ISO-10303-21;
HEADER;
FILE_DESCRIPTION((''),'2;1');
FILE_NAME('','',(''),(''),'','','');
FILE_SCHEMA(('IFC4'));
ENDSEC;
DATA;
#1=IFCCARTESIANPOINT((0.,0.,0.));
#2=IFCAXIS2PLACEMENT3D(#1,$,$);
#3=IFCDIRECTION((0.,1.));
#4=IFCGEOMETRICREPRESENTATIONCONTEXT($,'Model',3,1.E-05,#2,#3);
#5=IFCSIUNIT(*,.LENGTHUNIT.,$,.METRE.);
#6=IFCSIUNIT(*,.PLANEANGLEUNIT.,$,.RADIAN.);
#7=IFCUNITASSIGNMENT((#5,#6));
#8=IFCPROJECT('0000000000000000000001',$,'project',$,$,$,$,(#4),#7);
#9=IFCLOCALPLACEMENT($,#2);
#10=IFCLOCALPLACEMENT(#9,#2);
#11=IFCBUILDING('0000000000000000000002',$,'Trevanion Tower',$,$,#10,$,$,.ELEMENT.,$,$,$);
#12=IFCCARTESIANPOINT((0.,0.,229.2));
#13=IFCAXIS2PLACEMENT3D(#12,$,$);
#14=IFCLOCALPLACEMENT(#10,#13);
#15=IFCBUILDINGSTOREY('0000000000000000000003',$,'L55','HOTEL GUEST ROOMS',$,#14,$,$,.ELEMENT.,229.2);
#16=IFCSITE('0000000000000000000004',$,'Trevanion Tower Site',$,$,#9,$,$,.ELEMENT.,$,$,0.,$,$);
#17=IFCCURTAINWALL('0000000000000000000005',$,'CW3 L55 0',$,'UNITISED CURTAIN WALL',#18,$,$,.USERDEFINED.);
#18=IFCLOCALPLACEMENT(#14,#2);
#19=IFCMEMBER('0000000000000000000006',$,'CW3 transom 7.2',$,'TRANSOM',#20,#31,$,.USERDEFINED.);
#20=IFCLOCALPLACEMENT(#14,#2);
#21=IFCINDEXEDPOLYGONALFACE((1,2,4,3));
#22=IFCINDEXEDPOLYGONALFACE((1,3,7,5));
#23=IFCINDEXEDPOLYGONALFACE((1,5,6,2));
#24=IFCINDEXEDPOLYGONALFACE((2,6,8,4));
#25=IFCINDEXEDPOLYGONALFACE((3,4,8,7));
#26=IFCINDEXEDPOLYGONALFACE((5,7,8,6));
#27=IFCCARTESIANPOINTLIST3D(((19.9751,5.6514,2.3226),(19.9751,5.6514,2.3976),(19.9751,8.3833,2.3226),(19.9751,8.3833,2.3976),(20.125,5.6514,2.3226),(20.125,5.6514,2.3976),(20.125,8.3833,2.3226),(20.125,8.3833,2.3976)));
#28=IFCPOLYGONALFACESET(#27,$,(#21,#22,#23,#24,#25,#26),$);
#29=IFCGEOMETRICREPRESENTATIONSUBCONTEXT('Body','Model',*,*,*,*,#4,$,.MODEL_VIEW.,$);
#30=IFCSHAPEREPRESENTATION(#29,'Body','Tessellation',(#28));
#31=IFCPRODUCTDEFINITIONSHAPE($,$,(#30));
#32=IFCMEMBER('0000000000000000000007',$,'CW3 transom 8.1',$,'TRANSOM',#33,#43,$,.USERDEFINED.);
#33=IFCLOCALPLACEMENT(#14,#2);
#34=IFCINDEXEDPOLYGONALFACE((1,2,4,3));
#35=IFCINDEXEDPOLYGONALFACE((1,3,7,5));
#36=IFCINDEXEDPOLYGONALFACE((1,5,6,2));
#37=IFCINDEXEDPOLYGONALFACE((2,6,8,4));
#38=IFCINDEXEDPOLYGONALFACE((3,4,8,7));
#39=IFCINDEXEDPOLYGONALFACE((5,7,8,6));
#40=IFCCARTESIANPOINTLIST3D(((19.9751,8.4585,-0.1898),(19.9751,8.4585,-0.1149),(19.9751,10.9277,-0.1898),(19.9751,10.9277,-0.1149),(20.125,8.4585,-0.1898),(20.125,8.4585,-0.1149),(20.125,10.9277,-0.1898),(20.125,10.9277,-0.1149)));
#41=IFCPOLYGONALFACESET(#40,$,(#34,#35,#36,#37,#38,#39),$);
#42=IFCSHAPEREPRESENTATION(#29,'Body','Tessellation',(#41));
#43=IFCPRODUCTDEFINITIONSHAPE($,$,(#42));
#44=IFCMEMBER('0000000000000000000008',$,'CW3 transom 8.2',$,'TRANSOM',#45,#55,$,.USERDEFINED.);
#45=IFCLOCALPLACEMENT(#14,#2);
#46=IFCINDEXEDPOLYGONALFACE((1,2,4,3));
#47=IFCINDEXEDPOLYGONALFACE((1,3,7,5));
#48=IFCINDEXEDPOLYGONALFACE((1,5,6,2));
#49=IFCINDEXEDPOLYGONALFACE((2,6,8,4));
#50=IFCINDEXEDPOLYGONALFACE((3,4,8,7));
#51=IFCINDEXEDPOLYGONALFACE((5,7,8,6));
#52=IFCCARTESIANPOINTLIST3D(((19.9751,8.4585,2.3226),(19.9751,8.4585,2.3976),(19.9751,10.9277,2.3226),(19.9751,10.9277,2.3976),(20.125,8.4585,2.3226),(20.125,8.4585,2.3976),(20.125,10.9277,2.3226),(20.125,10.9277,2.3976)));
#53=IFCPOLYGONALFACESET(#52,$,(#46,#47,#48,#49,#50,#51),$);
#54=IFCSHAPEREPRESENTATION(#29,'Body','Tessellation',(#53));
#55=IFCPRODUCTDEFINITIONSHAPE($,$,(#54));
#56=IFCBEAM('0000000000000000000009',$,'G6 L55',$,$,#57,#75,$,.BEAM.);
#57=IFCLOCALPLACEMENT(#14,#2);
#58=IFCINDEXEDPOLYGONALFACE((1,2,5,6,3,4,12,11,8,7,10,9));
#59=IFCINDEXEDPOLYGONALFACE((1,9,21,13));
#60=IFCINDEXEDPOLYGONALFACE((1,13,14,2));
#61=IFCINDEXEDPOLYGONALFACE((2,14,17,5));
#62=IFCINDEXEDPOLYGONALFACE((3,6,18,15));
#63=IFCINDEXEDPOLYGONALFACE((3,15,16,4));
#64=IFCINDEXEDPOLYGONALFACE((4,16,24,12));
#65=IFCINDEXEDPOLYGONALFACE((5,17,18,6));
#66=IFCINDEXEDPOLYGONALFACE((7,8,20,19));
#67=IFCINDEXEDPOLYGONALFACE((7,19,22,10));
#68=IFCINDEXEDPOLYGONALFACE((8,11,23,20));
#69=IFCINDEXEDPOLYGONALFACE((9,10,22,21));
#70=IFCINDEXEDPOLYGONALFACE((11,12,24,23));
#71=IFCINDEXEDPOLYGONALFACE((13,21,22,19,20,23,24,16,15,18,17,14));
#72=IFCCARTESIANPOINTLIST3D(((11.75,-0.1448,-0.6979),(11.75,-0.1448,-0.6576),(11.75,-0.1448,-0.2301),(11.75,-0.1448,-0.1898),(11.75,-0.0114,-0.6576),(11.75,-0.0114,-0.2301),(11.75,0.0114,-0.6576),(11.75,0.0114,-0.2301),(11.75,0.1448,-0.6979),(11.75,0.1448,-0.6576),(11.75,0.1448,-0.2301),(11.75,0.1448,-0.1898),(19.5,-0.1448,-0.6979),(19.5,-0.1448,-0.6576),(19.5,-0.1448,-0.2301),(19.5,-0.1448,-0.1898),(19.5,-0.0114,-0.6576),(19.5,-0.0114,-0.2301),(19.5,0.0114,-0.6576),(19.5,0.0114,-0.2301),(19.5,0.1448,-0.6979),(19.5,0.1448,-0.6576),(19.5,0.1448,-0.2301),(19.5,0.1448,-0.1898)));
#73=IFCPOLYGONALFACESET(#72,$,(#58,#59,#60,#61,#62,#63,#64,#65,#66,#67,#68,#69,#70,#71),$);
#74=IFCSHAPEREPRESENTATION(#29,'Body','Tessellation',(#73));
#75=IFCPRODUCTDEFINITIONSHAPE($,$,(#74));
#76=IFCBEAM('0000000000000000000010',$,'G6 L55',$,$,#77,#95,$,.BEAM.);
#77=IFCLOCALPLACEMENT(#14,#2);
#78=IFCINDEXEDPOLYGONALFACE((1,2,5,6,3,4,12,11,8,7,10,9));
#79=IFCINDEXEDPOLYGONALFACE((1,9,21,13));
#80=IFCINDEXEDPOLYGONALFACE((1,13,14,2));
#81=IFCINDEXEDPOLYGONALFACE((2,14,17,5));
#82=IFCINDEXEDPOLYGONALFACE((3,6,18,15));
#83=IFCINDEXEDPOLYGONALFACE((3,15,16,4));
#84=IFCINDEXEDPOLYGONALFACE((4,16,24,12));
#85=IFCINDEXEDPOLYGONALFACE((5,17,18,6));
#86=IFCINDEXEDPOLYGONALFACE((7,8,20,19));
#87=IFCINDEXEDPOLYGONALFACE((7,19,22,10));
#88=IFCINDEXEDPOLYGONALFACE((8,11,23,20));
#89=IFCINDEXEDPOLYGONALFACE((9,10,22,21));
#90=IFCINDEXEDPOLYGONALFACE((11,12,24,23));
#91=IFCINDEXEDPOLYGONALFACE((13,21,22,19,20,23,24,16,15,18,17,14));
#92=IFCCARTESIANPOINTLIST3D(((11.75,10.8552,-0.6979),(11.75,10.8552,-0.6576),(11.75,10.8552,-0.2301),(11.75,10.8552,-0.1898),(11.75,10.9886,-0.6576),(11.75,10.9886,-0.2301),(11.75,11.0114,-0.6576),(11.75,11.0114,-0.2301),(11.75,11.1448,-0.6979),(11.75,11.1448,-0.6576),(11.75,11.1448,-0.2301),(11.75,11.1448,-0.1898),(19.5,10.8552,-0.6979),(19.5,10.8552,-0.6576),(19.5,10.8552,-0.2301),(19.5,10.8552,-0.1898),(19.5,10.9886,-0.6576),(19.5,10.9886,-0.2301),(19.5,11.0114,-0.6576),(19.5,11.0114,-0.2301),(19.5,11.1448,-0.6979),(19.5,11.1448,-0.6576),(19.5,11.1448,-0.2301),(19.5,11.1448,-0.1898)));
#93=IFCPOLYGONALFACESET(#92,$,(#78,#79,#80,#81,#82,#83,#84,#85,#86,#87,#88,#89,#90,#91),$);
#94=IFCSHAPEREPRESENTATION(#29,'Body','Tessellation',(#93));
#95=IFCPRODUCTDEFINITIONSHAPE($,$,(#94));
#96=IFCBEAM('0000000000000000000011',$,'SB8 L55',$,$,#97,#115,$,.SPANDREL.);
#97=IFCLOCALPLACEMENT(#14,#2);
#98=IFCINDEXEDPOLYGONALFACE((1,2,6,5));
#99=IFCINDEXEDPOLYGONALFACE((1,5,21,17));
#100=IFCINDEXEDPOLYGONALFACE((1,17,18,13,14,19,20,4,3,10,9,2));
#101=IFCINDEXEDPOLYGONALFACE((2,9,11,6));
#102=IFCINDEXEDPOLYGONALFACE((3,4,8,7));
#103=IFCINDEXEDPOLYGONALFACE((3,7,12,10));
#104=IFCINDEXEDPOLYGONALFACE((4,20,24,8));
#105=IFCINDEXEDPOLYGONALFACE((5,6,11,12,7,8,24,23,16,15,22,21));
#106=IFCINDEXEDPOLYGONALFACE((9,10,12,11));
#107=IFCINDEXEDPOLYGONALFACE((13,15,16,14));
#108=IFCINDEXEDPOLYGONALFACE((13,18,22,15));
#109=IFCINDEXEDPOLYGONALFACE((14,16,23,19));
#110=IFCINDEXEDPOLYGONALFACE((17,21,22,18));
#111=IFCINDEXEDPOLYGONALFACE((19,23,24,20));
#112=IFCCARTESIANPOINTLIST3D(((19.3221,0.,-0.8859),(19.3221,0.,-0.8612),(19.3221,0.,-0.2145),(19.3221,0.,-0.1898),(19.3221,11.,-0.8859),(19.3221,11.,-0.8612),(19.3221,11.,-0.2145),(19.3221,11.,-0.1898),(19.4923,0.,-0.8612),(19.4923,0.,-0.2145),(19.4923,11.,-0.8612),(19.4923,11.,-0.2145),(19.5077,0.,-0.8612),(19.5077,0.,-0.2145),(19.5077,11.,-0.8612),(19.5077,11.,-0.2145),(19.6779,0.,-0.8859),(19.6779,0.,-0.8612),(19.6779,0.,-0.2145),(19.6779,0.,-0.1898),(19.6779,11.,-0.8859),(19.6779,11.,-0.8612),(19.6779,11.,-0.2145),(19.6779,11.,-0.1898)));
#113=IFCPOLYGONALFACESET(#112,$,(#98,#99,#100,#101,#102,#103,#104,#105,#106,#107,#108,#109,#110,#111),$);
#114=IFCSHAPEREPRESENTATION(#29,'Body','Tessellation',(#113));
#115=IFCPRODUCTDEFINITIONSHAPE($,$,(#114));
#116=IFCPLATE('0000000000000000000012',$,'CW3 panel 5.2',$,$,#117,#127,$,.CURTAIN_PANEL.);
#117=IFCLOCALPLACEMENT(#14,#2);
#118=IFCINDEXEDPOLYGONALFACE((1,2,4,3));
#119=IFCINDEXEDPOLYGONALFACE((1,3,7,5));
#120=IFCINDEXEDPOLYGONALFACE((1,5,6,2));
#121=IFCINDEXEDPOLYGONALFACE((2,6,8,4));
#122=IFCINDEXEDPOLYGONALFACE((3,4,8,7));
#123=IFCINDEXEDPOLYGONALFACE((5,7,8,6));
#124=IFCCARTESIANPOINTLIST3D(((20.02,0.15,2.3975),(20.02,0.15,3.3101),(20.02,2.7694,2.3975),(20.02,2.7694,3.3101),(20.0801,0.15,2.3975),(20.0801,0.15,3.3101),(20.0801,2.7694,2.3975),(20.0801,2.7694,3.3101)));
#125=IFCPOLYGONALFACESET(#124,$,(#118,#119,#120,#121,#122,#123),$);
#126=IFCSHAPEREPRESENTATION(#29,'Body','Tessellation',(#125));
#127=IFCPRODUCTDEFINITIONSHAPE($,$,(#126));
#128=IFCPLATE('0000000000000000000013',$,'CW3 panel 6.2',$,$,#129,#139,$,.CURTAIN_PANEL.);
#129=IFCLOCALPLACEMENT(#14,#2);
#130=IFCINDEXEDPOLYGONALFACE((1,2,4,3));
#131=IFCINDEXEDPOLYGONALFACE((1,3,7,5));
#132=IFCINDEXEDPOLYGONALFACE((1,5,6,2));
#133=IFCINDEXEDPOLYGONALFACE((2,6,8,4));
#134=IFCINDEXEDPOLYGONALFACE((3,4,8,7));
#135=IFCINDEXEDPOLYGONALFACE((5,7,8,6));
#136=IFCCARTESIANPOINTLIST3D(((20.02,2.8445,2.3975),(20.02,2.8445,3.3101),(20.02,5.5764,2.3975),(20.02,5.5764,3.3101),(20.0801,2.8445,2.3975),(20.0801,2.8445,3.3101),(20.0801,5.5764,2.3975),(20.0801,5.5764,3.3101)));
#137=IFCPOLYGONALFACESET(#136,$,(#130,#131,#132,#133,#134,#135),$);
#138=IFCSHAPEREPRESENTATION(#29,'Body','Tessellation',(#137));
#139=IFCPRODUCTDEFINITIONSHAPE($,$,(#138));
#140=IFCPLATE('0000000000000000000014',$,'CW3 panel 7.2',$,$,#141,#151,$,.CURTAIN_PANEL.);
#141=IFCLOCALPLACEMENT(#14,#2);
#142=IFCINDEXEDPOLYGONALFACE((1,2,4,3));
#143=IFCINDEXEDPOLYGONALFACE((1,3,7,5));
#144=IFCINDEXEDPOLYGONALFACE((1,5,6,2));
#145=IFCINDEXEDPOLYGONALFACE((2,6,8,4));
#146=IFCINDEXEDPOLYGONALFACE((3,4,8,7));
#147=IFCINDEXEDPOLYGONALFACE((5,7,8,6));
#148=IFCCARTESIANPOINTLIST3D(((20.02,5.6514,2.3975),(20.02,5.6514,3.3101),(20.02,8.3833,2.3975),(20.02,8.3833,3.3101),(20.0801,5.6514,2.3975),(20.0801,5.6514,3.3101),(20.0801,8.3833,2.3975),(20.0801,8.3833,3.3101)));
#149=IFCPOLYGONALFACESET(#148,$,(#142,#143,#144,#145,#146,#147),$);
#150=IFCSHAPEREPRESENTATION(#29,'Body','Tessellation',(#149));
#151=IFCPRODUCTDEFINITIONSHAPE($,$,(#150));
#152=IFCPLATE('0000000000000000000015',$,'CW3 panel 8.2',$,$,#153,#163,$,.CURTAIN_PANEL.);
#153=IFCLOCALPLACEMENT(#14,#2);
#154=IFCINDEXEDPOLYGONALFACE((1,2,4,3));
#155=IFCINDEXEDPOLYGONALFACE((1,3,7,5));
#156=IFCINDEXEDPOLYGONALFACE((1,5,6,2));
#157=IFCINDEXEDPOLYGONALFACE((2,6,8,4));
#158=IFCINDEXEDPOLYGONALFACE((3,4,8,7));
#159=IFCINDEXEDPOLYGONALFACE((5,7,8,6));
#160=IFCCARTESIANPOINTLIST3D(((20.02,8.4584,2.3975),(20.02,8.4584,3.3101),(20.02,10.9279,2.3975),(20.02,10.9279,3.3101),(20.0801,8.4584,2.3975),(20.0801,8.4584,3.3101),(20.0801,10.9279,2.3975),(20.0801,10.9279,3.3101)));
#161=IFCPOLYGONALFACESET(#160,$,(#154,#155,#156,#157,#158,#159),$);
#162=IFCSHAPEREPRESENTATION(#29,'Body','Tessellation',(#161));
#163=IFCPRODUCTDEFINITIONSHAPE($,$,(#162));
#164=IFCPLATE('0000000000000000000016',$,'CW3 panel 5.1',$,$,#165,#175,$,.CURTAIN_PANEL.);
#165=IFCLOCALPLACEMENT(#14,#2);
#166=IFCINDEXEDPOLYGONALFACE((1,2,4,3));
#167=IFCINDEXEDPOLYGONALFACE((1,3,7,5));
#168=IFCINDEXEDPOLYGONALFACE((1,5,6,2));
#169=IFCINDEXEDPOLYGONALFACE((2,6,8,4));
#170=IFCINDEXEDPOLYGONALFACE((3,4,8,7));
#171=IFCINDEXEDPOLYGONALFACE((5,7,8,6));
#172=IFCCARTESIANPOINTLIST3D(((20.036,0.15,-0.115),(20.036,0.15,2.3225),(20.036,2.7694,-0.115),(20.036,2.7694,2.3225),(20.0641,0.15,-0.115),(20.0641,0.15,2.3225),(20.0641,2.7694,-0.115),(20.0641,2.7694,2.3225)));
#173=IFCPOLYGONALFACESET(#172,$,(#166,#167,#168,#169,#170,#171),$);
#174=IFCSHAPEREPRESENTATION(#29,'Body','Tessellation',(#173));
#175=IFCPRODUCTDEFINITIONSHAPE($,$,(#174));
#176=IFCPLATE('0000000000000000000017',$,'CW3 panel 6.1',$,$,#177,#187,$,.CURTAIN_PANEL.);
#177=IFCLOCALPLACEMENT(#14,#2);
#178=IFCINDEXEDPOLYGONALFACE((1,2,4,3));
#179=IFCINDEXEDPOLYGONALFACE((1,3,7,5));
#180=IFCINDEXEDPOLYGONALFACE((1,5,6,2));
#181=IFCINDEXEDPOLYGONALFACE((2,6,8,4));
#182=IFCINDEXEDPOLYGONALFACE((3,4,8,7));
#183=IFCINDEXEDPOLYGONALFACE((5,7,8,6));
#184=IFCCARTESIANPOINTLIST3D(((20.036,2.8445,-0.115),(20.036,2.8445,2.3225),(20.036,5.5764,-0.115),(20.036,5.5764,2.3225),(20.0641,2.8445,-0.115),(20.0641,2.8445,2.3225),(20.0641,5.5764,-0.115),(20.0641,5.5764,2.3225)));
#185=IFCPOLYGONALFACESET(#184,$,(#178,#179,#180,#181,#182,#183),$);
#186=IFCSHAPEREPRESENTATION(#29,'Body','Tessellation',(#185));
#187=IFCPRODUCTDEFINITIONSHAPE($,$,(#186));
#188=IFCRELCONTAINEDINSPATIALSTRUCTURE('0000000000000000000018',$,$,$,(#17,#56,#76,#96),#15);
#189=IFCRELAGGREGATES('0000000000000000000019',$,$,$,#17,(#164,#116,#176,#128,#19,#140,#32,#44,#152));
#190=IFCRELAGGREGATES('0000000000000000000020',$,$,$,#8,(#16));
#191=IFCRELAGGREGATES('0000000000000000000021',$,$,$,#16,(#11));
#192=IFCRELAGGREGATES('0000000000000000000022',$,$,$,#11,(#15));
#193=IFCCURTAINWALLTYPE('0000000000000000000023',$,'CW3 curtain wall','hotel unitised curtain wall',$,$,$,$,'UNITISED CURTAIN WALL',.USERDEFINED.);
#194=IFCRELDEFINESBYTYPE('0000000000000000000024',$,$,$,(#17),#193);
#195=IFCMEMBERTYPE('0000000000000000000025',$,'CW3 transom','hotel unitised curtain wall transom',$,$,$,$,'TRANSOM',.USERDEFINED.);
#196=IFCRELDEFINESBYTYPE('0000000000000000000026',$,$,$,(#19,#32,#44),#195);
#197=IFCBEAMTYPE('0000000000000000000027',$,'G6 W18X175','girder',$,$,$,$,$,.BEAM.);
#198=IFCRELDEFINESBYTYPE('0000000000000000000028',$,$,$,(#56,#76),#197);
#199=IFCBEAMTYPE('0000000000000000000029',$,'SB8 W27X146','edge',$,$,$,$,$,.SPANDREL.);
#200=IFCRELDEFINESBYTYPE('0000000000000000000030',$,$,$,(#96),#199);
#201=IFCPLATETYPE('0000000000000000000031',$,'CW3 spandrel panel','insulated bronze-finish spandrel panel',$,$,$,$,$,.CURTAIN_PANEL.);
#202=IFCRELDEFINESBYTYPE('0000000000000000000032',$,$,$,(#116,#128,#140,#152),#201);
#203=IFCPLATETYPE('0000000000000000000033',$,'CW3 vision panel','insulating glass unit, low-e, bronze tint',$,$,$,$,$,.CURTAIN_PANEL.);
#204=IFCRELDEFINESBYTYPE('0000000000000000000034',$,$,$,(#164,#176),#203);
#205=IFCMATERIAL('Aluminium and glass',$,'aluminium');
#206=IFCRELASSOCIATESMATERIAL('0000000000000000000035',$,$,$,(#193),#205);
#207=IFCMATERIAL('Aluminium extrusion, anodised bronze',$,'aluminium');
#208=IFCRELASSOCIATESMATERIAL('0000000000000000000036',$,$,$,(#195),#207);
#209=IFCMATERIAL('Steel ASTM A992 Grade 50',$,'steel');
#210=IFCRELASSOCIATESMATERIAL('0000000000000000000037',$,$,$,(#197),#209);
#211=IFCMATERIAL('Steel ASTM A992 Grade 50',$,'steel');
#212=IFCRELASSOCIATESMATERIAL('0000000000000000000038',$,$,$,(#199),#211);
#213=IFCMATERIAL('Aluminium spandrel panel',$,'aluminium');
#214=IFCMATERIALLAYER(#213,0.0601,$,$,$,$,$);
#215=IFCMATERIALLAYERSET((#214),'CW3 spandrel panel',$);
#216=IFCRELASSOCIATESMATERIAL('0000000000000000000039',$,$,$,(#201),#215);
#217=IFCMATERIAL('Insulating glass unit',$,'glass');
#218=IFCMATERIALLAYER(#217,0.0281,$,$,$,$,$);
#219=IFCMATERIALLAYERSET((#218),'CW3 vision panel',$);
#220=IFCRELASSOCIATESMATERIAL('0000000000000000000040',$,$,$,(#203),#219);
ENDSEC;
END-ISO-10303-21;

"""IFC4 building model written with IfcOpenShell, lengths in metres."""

from ifc_helpers import new_model, si_unit, direction, frame, origin, origin_2d, place, context, subcontext, project, spatial, rectangle, i_section, extrude, material, layer, layer_set, material_profile, profile_set, type_object, element, aggregate, save


model = new_model("IFC4")

# Units and contexts
model_context = context("Model", 3, precision=1e-05, world=origin(), true_north=direction((0.0, 1.0)))
body_context = subcontext(model_context, "Body", "Model", "MODEL_VIEW")
ifc_project = project(units=[si_unit("LENGTHUNIT", "METRE"), si_unit("PLANEANGLEUNIT", "RADIAN")], contexts=[model_context])

# Site, building, storey
site_placement = place(None, origin())
site = spatial("IfcSite", under=ifc_project, at=site_placement, Name="Trevanion Tower Site", CompositionType="ELEMENT", RefElevation=0.0)
building_placement = place(site_placement, origin())
building = spatial("IfcBuilding", under=site, at=building_placement, Name="Trevanion Tower", CompositionType="ELEMENT")
storey_placement = place(building_placement, frame((0.0, 0.0, 229.2)))
storey = spatial("IfcBuildingStorey", under=building, at=storey_placement, Name="L55", Description="HOTEL GUEST ROOMS", CompositionType="ELEMENT", Elevation=229.2)

# Curtain wall, members
ifc_material_1 = material(Name="Aluminium and glass", Category="aluminium")
curtain_wall_type = type_object("IfcCurtainWallType", Name="CW3 curtain wall", Description="hotel unitised curtain wall", ElementType="UNITISED CURTAIN WALL", PredefinedType="USERDEFINED", material=ifc_material_1)
curtain_wall_placement = place(storey_placement, origin())
curtain_wall = element("IfcCurtainWall", 1, at=curtain_wall_placement, inside=storey, type_object=curtain_wall_type, Name="CW3 L55 0", ObjectType="UNITISED CURTAIN WALL", PredefinedType="USERDEFINED")
ifc_material_2 = material(Name="Aluminium extrusion, anodised bronze", Category="aluminium")
ifc_material_profile_1 = material_profile(ifc_material_2, rectangle(XDim=0.1499, YDim=0.075, at=origin_2d()), Name="CW3 transom")
ifc_profile_set_1 = profile_set([ifc_material_profile_1], Name="Aluminium extrusion, anodised bronze")
member_type_1 = type_object("IfcMemberType", Name="CW3 transom", Description="hotel unitised curtain wall transom", ElementType="TRANSOM", PredefinedType="USERDEFINED", material=ifc_profile_set_1)
member_1_placement = place(storey_placement, frame((20.05, 5.6514, 2.3601), z_axis=(0.0, 1.0, 0.0), x_axis=(-1.0, 0.0, 0.0)))
member_1 = element("IfcMember", 2, at=member_1_placement, type_object=member_type_1, Name="CW3 transom 7.2", ObjectType="TRANSOM", PredefinedType="USERDEFINED", context=body_context, shape_type="SweptSolid", body=[
    extrude(rectangle(XDim=0.1499, YDim=0.075, at=origin_2d()), origin(), (0.0, 0.0, 1.0), 2.7319),
])
member_2_placement = place(storey_placement, frame((20.05, 8.4585, -0.1523), z_axis=(0.0, 1.0, 0.0), x_axis=(-1.0, 0.0, 0.0)))
member_2 = element("IfcMember", 3, at=member_2_placement, type_object=member_type_1, Name="CW3 transom 8.1", ObjectType="TRANSOM", PredefinedType="USERDEFINED", context=body_context, shape_type="SweptSolid", body=[
    extrude(rectangle(XDim=0.1499, YDim=0.075, at=origin_2d()), origin(), (0.0, 0.0, 1.0), 2.4692),
])
member_3_placement = place(storey_placement, frame((20.05, 8.4585, 2.3601), z_axis=(0.0, 1.0, 0.0), x_axis=(-1.0, 0.0, 0.0)))
member_3 = element("IfcMember", 4, at=member_3_placement, type_object=member_type_1, Name="CW3 transom 8.2", ObjectType="TRANSOM", PredefinedType="USERDEFINED", context=body_context, shape_type="SweptSolid", body=[
    extrude(rectangle(XDim=0.1499, YDim=0.075, at=origin_2d()), origin(), (0.0, 0.0, 1.0), 2.4692),
])

# Beams
ifc_material_3 = material(Name="Steel ASTM A992 Grade 50", Category="steel")
ifc_material_profile_2 = material_profile(ifc_material_3, i_section(OverallWidth=0.2896, OverallDepth=0.5081, WebThickness=0.0227, FlangeThickness=0.0403, at=origin_2d()), Name="W18X175")
ifc_profile_set_2 = profile_set([ifc_material_profile_2], Name="Steel ASTM A992 Grade 50")
beam_type_1 = type_object("IfcBeamType", Name="G6 W18X175", Description="girder", PredefinedType="BEAM", material=ifc_profile_set_2)
for number, where, z_axis, x_axis, name in (
    (5, (11.75, 0.0, -0.4438), (1.0, 0.0, 0.0), (0.0, 1.0, 0.0), "G6 L55"),
    (6, (11.75, 11.0, -0.4438), (1.0, 0.0, 0.0), (0.0, 1.0, 0.0), "G6 L55"),
):
    element("IfcBeam", number, at=place(storey_placement, frame(where, z_axis=z_axis, x_axis=x_axis)), inside=storey, type_object=beam_type_1, Name=name, PredefinedType="BEAM", context=body_context, shape_type="SweptSolid", body=[
        extrude(i_section(OverallWidth=0.2896, OverallDepth=0.5081, WebThickness=0.0227, FlangeThickness=0.0403, at=origin_2d()), origin(), (0.0, 0.0, 1.0), 7.75),
    ])
ifc_material_4 = material(Name="Steel ASTM A992 Grade 50", Category="steel")
ifc_material_profile_3 = material_profile(ifc_material_4, i_section(OverallWidth=0.3557, OverallDepth=0.696, WebThickness=0.0154, FlangeThickness=0.0247, at=origin_2d()), Name="W27X146")
ifc_profile_set_3 = profile_set([ifc_material_profile_3], Name="Steel ASTM A992 Grade 50")
beam_type_2 = type_object("IfcBeamType", Name="SB8 W27X146", Description="edge", PredefinedType="SPANDREL", material=ifc_profile_set_3)
beam_placement = place(storey_placement, frame((19.5, 0.0, -0.5378), z_axis=(0.0, 1.0, 0.0), x_axis=(-1.0, 0.0, 0.0)))
element("IfcBeam", 7, at=beam_placement, inside=storey, type_object=beam_type_2, Name="SB8 L55", PredefinedType="SPANDREL", context=body_context, shape_type="SweptSolid", body=[
    extrude(i_section(OverallWidth=0.3557, OverallDepth=0.696, WebThickness=0.0154, FlangeThickness=0.0247, at=origin_2d()), origin(), (0.0, 0.0, 1.0), 11.0),
])

# Plates
ifc_material_5 = material(Name="Aluminium spandrel panel", Category="aluminium")
ifc_layer_1 = layer(ifc_material_5, 0.0601)
ifc_layer_set_1 = layer_set([ifc_layer_1], Name="CW3 spandrel panel")
plate_type_1 = type_object("IfcPlateType", Name="CW3 spandrel panel", Description="insulated bronze-finish spandrel panel", PredefinedType="CURTAIN_PANEL", material=ifc_layer_set_1)
plate_1_placement = place(storey_placement, frame((20.05, 1.4597, 2.3975), z_axis=(0.0, 0.0, 1.0), x_axis=(0.0, 1.0, 0.0)))
plate_1 = element("IfcPlate", 8, at=plate_1_placement, type_object=plate_type_1, Name="CW3 panel 5.2", PredefinedType="CURTAIN_PANEL", context=body_context, shape_type="SweptSolid", body=[
    extrude(rectangle(XDim=2.6194, YDim=0.0601, at=origin_2d()), origin(), (0.0, 0.0, 1.0), 0.9126),
])
plate_2_placement = place(storey_placement, frame((20.05, 4.2104, 2.3975), z_axis=(0.0, 0.0, 1.0), x_axis=(0.0, 1.0, 0.0)))
plate_2 = element("IfcPlate", 9, at=plate_2_placement, type_object=plate_type_1, Name="CW3 panel 6.2", PredefinedType="CURTAIN_PANEL", context=body_context, shape_type="SweptSolid", body=[
    extrude(rectangle(XDim=2.7319, YDim=0.0601, at=origin_2d()), origin(), (0.0, 0.0, 1.0), 0.9126),
])
plate_3_placement = place(storey_placement, frame((20.05, 7.0173, 2.3975), z_axis=(0.0, 0.0, 1.0), x_axis=(0.0, 1.0, 0.0)))
plate_3 = element("IfcPlate", 10, at=plate_3_placement, type_object=plate_type_1, Name="CW3 panel 7.2", PredefinedType="CURTAIN_PANEL", context=body_context, shape_type="SweptSolid", body=[
    extrude(rectangle(XDim=2.7319, YDim=0.0601, at=origin_2d()), origin(), (0.0, 0.0, 1.0), 0.9126),
])
plate_4_placement = place(storey_placement, frame((20.05, 9.6931, 2.3975), z_axis=(0.0, 0.0, 1.0), x_axis=(0.0, 1.0, 0.0)))
plate_4 = element("IfcPlate", 11, at=plate_4_placement, type_object=plate_type_1, Name="CW3 panel 8.2", PredefinedType="CURTAIN_PANEL", context=body_context, shape_type="SweptSolid", body=[
    extrude(rectangle(XDim=2.4695, YDim=0.0601, at=origin_2d()), origin(), (0.0, 0.0, 1.0), 0.9126),
])
ifc_material_6 = material(Name="Insulating glass unit", Category="glass")
ifc_layer_2 = layer(ifc_material_6, 0.0281)
ifc_layer_set_2 = layer_set([ifc_layer_2], Name="CW3 vision panel")
plate_type_2 = type_object("IfcPlateType", Name="CW3 vision panel", Description="insulating glass unit, low-e, bronze tint", PredefinedType="CURTAIN_PANEL", material=ifc_layer_set_2)
plate_5_placement = place(storey_placement, frame((20.05, 1.4597, -0.115), z_axis=(0.0, 0.0, 1.0), x_axis=(0.0, 1.0, 0.0)))
plate_5 = element("IfcPlate", 12, at=plate_5_placement, type_object=plate_type_2, Name="CW3 panel 5.1", PredefinedType="CURTAIN_PANEL", context=body_context, shape_type="SweptSolid", body=[
    extrude(rectangle(XDim=2.6194, YDim=0.0281, at=origin_2d()), origin(), (0.0, 0.0, 1.0), 2.4375),
])
plate_6_placement = place(storey_placement, frame((20.05, 4.2104, -0.115), z_axis=(0.0, 0.0, 1.0), x_axis=(0.0, 1.0, 0.0)))
plate_6 = element("IfcPlate", 13, at=plate_6_placement, type_object=plate_type_2, Name="CW3 panel 6.1", PredefinedType="CURTAIN_PANEL", context=body_context, shape_type="SweptSolid", body=[
    extrude(rectangle(XDim=2.7319, YDim=0.0281, at=origin_2d()), origin(), (0.0, 0.0, 1.0), 2.4375),
])
aggregate(curtain_wall, [plate_5, plate_1, plate_6, plate_2, member_1, plate_3, member_2, member_3, plate_4])

save(model, "model.ifc")
